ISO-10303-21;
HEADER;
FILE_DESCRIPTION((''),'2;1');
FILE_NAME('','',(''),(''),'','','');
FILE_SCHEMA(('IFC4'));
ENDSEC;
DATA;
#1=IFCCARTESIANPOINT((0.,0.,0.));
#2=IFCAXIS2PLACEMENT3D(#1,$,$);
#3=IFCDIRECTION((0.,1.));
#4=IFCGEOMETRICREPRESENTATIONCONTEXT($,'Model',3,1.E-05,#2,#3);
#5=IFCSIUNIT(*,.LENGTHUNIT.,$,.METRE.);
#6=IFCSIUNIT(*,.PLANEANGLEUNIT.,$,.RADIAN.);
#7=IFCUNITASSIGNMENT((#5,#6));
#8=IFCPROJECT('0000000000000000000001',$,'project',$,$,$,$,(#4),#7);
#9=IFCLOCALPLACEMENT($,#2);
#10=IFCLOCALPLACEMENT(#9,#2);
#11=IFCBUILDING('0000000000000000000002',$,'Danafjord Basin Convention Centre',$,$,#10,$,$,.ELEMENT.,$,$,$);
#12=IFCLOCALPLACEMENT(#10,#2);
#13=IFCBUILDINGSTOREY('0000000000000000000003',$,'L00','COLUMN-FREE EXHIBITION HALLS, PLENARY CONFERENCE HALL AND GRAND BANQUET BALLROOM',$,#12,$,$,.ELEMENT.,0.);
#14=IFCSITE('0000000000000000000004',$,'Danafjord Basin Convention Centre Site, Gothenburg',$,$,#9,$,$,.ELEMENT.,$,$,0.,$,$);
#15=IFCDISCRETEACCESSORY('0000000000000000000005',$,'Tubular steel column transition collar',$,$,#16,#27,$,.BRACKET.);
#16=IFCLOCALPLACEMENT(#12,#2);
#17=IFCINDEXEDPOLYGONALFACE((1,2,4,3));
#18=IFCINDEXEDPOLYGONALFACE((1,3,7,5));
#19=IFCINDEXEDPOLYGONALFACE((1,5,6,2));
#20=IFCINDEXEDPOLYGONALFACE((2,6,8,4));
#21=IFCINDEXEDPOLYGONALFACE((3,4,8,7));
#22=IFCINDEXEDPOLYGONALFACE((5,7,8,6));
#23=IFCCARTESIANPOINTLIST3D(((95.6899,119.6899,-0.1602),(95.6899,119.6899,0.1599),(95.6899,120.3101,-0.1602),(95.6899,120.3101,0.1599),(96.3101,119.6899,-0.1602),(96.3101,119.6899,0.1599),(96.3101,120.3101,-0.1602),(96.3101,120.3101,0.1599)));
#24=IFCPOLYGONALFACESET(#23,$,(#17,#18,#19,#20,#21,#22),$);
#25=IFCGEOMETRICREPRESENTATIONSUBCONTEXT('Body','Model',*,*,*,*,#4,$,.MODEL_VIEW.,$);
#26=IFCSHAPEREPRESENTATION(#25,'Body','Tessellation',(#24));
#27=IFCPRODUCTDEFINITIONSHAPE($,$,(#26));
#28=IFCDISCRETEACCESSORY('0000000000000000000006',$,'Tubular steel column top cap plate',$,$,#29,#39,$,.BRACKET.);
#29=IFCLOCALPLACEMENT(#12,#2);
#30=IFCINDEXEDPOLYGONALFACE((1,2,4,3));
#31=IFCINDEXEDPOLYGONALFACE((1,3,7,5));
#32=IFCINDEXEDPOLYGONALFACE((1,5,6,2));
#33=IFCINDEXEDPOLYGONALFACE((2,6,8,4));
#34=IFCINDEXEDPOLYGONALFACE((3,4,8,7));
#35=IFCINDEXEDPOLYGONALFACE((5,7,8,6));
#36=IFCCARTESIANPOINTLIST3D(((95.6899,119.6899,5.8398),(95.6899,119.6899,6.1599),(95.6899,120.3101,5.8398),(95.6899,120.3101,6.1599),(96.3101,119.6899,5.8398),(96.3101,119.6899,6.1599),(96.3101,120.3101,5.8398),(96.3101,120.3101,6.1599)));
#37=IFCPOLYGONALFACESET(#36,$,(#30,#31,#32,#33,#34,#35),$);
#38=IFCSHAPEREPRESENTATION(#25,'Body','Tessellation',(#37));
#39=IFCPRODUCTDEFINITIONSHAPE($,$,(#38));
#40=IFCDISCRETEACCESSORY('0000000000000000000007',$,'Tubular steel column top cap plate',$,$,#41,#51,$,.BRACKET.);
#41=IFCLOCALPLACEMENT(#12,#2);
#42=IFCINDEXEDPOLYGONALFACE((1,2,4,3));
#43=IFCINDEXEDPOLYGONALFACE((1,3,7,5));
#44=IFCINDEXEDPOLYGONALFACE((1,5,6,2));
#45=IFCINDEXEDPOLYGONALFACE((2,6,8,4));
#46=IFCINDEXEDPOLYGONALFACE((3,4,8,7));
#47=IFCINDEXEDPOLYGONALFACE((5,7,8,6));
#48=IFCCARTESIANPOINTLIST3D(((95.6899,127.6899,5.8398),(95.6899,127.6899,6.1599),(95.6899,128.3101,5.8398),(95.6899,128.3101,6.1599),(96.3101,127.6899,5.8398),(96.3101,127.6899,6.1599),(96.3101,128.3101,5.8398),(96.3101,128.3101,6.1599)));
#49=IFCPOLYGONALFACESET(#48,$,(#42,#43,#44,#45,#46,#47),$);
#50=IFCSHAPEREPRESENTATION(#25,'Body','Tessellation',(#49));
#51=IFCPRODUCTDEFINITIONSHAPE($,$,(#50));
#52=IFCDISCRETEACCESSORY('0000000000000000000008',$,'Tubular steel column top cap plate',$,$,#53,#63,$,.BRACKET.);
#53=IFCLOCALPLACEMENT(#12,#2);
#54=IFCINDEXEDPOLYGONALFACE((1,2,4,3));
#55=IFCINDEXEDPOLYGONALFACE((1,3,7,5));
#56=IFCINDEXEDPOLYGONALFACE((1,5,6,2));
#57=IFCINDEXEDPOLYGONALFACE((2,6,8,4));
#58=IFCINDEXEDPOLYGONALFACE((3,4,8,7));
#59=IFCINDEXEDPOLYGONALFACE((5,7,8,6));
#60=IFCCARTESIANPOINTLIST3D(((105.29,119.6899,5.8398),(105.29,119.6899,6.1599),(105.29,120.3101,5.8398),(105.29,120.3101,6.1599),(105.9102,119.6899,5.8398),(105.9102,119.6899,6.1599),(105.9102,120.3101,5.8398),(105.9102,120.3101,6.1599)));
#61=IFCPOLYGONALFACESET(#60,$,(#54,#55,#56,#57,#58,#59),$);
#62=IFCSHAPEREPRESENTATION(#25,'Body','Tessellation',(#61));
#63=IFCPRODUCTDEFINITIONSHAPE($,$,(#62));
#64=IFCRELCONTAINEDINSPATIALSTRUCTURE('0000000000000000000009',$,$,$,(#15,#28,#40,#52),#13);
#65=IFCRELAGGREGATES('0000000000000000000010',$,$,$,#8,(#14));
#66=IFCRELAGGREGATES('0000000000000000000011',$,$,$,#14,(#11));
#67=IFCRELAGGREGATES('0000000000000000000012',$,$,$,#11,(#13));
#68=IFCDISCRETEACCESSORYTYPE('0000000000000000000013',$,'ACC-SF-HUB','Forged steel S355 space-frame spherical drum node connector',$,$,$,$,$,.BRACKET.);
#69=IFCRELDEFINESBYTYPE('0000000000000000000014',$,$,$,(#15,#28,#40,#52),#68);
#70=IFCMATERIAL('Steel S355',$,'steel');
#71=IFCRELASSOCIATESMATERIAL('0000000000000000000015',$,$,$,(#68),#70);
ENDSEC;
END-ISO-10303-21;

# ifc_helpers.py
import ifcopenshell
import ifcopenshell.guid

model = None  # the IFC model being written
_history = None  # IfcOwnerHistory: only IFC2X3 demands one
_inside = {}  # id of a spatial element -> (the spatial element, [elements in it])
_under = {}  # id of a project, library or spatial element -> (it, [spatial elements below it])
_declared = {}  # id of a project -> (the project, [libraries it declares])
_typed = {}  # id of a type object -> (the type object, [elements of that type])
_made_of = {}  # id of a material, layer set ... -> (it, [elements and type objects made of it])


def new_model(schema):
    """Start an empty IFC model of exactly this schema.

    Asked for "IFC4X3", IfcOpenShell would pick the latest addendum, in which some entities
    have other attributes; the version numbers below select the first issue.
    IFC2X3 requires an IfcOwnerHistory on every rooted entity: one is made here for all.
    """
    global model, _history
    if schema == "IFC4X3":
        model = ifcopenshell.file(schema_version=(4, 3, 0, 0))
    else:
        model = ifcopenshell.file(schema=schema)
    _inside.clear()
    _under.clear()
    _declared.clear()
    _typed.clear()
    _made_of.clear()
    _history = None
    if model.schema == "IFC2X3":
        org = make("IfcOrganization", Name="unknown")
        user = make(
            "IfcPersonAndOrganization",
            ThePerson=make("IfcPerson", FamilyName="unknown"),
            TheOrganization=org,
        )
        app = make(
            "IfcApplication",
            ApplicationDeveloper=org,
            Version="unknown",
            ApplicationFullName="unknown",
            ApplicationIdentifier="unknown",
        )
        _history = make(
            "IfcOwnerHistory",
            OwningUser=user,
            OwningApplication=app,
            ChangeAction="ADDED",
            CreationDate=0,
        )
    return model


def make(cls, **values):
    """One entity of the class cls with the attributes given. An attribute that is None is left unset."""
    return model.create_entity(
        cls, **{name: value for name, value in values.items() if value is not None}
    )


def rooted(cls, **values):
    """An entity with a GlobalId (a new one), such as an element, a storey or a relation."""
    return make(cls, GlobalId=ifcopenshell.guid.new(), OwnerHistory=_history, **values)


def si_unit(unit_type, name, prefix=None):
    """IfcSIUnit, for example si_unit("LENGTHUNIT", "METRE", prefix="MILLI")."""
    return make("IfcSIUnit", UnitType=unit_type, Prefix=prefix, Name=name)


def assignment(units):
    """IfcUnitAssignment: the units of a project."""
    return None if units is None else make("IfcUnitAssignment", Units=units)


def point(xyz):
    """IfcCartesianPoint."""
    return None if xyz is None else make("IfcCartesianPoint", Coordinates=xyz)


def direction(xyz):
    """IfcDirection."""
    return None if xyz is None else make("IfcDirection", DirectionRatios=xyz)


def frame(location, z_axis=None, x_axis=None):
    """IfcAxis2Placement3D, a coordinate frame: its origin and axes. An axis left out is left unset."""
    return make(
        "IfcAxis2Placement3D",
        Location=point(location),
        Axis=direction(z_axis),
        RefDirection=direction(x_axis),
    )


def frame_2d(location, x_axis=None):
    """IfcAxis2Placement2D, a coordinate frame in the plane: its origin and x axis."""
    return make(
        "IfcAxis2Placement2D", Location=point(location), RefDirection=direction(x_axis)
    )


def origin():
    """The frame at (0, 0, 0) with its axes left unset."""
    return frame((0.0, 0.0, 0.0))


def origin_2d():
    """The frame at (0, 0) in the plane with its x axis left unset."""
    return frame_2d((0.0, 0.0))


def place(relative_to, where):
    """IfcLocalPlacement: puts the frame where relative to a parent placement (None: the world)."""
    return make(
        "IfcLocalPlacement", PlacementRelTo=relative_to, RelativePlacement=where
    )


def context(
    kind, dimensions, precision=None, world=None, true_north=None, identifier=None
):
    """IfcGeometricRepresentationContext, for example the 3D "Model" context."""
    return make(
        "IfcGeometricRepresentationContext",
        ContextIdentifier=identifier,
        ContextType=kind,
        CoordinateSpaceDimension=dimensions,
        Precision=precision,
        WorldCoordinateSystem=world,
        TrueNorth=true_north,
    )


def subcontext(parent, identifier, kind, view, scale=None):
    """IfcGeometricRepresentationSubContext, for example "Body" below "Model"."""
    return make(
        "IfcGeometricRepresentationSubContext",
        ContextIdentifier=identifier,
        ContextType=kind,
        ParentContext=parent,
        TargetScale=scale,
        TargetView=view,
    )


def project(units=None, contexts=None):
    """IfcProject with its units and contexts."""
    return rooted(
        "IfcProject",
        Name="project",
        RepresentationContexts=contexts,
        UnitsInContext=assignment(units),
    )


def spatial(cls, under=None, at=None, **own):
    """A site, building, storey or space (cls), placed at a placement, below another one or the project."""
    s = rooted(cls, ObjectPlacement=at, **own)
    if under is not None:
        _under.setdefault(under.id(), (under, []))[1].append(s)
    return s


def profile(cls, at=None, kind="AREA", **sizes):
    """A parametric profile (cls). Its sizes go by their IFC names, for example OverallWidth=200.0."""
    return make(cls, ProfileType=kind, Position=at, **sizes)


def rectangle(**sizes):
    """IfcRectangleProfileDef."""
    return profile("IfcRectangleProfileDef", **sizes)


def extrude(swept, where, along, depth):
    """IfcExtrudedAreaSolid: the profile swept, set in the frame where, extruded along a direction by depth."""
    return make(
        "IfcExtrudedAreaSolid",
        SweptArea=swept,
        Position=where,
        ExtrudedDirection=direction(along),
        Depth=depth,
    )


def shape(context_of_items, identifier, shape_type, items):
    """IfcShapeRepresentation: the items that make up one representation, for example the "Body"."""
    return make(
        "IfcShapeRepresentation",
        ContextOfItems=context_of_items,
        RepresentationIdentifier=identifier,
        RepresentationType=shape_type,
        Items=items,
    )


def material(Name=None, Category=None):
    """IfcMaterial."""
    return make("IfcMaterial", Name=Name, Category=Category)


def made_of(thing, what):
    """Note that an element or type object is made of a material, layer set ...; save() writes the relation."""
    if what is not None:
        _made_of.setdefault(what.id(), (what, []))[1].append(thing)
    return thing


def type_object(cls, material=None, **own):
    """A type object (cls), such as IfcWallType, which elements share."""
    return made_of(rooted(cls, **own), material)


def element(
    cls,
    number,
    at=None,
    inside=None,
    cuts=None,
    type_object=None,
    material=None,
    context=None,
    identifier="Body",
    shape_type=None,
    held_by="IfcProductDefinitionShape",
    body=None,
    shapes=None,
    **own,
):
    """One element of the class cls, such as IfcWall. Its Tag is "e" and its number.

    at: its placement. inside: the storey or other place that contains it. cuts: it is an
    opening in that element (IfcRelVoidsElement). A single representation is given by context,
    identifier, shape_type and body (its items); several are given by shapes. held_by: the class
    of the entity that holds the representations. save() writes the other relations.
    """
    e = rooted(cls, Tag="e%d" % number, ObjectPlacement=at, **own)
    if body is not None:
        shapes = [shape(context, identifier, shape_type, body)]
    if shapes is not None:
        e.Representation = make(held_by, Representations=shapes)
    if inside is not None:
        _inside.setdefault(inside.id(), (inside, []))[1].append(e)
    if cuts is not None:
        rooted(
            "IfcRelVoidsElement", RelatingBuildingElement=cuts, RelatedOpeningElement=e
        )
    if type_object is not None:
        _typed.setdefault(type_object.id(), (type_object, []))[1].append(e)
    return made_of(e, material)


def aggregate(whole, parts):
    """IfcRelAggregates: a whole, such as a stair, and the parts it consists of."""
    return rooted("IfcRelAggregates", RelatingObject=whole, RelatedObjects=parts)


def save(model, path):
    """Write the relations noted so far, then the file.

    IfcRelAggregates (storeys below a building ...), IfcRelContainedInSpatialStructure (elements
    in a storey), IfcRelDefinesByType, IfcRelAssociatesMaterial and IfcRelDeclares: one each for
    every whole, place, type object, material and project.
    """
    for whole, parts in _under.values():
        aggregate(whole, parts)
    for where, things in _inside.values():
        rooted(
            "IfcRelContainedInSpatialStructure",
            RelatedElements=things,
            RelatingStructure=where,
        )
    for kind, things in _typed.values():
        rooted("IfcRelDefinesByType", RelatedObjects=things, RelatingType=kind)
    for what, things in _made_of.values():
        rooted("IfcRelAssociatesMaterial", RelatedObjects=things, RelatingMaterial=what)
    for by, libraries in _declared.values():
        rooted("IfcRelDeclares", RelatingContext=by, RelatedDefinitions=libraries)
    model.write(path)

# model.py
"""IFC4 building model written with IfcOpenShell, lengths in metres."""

from ifc_helpers import new_model, si_unit, direction, frame, origin, origin_2d, place, context, subcontext, project, spatial, rectangle, extrude, material, type_object, element, save


model = new_model("IFC4")

# Units and contexts
model_context = context("Model", 3, precision=1e-05, world=origin(), true_north=direction((0.0, 1.0)))
body_context = subcontext(model_context, "Body", "Model", "MODEL_VIEW")
ifc_project = project(units=[si_unit("LENGTHUNIT", "METRE"), si_unit("PLANEANGLEUNIT", "RADIAN")], contexts=[model_context])

# Site, building, storey
site_placement = place(None, origin())
site = spatial("IfcSite", under=ifc_project, at=site_placement, Name="Danafjord Basin Convention Centre Site, Gothenburg", CompositionType="ELEMENT", RefElevation=0.0)
building_placement = place(site_placement, origin())
building = spatial("IfcBuilding", under=site, at=building_placement, Name="Danafjord Basin Convention Centre", CompositionType="ELEMENT")
storey_placement = place(building_placement, origin())
storey = spatial("IfcBuildingStorey", under=building, at=storey_placement, Name="L00", Description="COLUMN-FREE EXHIBITION HALLS, PLENARY CONFERENCE HALL AND GRAND BANQUET BALLROOM", CompositionType="ELEMENT", Elevation=0.0)

# Shared definitions
ifc_material_1 = material(Name="Steel S355", Category="steel")

# Discrete accessories
discrete_accessory_type = type_object("IfcDiscreteAccessoryType", Name="ACC-SF-HUB", Description="Forged steel S355 space-frame spherical drum node connector", PredefinedType="BRACKET", material=ifc_material_1)
for number, where, z_axis, x_axis, name in (
    (1, (96.0, 120.0, -0.1602), (0.0, 0.0, 1.0), (1.0, 0.0, 0.0), "Tubular steel column transition collar"),
    (2, (96.0, 120.0, 5.8398), (0.0, 0.0, 1.0), (1.0, 0.0, 0.0), "Tubular steel column top cap plate"),
    (3, (96.0, 128.0, 5.8398), (0.0, 0.0, 1.0), (1.0, 0.0, 0.0), "Tubular steel column top cap plate"),
    (4, (105.6001, 120.0, 5.8398), (0.0, 0.0, 1.0), (1.0, 0.0, 0.0), "Tubular steel column top cap plate"),
):
    element("IfcDiscreteAccessory", number, at=place(storey_placement, frame(where, z_axis=z_axis, x_axis=x_axis)), inside=storey, type_object=discrete_accessory_type, Name=name, PredefinedType="BRACKET", context=body_context, shape_type="SweptSolid", body=[
        extrude(rectangle(XDim=0.6201, YDim=0.6201, at=origin_2d()), origin(), (0.0, 0.0, 1.0), 0.3201),
    ])

save(model, "model.ifc")
